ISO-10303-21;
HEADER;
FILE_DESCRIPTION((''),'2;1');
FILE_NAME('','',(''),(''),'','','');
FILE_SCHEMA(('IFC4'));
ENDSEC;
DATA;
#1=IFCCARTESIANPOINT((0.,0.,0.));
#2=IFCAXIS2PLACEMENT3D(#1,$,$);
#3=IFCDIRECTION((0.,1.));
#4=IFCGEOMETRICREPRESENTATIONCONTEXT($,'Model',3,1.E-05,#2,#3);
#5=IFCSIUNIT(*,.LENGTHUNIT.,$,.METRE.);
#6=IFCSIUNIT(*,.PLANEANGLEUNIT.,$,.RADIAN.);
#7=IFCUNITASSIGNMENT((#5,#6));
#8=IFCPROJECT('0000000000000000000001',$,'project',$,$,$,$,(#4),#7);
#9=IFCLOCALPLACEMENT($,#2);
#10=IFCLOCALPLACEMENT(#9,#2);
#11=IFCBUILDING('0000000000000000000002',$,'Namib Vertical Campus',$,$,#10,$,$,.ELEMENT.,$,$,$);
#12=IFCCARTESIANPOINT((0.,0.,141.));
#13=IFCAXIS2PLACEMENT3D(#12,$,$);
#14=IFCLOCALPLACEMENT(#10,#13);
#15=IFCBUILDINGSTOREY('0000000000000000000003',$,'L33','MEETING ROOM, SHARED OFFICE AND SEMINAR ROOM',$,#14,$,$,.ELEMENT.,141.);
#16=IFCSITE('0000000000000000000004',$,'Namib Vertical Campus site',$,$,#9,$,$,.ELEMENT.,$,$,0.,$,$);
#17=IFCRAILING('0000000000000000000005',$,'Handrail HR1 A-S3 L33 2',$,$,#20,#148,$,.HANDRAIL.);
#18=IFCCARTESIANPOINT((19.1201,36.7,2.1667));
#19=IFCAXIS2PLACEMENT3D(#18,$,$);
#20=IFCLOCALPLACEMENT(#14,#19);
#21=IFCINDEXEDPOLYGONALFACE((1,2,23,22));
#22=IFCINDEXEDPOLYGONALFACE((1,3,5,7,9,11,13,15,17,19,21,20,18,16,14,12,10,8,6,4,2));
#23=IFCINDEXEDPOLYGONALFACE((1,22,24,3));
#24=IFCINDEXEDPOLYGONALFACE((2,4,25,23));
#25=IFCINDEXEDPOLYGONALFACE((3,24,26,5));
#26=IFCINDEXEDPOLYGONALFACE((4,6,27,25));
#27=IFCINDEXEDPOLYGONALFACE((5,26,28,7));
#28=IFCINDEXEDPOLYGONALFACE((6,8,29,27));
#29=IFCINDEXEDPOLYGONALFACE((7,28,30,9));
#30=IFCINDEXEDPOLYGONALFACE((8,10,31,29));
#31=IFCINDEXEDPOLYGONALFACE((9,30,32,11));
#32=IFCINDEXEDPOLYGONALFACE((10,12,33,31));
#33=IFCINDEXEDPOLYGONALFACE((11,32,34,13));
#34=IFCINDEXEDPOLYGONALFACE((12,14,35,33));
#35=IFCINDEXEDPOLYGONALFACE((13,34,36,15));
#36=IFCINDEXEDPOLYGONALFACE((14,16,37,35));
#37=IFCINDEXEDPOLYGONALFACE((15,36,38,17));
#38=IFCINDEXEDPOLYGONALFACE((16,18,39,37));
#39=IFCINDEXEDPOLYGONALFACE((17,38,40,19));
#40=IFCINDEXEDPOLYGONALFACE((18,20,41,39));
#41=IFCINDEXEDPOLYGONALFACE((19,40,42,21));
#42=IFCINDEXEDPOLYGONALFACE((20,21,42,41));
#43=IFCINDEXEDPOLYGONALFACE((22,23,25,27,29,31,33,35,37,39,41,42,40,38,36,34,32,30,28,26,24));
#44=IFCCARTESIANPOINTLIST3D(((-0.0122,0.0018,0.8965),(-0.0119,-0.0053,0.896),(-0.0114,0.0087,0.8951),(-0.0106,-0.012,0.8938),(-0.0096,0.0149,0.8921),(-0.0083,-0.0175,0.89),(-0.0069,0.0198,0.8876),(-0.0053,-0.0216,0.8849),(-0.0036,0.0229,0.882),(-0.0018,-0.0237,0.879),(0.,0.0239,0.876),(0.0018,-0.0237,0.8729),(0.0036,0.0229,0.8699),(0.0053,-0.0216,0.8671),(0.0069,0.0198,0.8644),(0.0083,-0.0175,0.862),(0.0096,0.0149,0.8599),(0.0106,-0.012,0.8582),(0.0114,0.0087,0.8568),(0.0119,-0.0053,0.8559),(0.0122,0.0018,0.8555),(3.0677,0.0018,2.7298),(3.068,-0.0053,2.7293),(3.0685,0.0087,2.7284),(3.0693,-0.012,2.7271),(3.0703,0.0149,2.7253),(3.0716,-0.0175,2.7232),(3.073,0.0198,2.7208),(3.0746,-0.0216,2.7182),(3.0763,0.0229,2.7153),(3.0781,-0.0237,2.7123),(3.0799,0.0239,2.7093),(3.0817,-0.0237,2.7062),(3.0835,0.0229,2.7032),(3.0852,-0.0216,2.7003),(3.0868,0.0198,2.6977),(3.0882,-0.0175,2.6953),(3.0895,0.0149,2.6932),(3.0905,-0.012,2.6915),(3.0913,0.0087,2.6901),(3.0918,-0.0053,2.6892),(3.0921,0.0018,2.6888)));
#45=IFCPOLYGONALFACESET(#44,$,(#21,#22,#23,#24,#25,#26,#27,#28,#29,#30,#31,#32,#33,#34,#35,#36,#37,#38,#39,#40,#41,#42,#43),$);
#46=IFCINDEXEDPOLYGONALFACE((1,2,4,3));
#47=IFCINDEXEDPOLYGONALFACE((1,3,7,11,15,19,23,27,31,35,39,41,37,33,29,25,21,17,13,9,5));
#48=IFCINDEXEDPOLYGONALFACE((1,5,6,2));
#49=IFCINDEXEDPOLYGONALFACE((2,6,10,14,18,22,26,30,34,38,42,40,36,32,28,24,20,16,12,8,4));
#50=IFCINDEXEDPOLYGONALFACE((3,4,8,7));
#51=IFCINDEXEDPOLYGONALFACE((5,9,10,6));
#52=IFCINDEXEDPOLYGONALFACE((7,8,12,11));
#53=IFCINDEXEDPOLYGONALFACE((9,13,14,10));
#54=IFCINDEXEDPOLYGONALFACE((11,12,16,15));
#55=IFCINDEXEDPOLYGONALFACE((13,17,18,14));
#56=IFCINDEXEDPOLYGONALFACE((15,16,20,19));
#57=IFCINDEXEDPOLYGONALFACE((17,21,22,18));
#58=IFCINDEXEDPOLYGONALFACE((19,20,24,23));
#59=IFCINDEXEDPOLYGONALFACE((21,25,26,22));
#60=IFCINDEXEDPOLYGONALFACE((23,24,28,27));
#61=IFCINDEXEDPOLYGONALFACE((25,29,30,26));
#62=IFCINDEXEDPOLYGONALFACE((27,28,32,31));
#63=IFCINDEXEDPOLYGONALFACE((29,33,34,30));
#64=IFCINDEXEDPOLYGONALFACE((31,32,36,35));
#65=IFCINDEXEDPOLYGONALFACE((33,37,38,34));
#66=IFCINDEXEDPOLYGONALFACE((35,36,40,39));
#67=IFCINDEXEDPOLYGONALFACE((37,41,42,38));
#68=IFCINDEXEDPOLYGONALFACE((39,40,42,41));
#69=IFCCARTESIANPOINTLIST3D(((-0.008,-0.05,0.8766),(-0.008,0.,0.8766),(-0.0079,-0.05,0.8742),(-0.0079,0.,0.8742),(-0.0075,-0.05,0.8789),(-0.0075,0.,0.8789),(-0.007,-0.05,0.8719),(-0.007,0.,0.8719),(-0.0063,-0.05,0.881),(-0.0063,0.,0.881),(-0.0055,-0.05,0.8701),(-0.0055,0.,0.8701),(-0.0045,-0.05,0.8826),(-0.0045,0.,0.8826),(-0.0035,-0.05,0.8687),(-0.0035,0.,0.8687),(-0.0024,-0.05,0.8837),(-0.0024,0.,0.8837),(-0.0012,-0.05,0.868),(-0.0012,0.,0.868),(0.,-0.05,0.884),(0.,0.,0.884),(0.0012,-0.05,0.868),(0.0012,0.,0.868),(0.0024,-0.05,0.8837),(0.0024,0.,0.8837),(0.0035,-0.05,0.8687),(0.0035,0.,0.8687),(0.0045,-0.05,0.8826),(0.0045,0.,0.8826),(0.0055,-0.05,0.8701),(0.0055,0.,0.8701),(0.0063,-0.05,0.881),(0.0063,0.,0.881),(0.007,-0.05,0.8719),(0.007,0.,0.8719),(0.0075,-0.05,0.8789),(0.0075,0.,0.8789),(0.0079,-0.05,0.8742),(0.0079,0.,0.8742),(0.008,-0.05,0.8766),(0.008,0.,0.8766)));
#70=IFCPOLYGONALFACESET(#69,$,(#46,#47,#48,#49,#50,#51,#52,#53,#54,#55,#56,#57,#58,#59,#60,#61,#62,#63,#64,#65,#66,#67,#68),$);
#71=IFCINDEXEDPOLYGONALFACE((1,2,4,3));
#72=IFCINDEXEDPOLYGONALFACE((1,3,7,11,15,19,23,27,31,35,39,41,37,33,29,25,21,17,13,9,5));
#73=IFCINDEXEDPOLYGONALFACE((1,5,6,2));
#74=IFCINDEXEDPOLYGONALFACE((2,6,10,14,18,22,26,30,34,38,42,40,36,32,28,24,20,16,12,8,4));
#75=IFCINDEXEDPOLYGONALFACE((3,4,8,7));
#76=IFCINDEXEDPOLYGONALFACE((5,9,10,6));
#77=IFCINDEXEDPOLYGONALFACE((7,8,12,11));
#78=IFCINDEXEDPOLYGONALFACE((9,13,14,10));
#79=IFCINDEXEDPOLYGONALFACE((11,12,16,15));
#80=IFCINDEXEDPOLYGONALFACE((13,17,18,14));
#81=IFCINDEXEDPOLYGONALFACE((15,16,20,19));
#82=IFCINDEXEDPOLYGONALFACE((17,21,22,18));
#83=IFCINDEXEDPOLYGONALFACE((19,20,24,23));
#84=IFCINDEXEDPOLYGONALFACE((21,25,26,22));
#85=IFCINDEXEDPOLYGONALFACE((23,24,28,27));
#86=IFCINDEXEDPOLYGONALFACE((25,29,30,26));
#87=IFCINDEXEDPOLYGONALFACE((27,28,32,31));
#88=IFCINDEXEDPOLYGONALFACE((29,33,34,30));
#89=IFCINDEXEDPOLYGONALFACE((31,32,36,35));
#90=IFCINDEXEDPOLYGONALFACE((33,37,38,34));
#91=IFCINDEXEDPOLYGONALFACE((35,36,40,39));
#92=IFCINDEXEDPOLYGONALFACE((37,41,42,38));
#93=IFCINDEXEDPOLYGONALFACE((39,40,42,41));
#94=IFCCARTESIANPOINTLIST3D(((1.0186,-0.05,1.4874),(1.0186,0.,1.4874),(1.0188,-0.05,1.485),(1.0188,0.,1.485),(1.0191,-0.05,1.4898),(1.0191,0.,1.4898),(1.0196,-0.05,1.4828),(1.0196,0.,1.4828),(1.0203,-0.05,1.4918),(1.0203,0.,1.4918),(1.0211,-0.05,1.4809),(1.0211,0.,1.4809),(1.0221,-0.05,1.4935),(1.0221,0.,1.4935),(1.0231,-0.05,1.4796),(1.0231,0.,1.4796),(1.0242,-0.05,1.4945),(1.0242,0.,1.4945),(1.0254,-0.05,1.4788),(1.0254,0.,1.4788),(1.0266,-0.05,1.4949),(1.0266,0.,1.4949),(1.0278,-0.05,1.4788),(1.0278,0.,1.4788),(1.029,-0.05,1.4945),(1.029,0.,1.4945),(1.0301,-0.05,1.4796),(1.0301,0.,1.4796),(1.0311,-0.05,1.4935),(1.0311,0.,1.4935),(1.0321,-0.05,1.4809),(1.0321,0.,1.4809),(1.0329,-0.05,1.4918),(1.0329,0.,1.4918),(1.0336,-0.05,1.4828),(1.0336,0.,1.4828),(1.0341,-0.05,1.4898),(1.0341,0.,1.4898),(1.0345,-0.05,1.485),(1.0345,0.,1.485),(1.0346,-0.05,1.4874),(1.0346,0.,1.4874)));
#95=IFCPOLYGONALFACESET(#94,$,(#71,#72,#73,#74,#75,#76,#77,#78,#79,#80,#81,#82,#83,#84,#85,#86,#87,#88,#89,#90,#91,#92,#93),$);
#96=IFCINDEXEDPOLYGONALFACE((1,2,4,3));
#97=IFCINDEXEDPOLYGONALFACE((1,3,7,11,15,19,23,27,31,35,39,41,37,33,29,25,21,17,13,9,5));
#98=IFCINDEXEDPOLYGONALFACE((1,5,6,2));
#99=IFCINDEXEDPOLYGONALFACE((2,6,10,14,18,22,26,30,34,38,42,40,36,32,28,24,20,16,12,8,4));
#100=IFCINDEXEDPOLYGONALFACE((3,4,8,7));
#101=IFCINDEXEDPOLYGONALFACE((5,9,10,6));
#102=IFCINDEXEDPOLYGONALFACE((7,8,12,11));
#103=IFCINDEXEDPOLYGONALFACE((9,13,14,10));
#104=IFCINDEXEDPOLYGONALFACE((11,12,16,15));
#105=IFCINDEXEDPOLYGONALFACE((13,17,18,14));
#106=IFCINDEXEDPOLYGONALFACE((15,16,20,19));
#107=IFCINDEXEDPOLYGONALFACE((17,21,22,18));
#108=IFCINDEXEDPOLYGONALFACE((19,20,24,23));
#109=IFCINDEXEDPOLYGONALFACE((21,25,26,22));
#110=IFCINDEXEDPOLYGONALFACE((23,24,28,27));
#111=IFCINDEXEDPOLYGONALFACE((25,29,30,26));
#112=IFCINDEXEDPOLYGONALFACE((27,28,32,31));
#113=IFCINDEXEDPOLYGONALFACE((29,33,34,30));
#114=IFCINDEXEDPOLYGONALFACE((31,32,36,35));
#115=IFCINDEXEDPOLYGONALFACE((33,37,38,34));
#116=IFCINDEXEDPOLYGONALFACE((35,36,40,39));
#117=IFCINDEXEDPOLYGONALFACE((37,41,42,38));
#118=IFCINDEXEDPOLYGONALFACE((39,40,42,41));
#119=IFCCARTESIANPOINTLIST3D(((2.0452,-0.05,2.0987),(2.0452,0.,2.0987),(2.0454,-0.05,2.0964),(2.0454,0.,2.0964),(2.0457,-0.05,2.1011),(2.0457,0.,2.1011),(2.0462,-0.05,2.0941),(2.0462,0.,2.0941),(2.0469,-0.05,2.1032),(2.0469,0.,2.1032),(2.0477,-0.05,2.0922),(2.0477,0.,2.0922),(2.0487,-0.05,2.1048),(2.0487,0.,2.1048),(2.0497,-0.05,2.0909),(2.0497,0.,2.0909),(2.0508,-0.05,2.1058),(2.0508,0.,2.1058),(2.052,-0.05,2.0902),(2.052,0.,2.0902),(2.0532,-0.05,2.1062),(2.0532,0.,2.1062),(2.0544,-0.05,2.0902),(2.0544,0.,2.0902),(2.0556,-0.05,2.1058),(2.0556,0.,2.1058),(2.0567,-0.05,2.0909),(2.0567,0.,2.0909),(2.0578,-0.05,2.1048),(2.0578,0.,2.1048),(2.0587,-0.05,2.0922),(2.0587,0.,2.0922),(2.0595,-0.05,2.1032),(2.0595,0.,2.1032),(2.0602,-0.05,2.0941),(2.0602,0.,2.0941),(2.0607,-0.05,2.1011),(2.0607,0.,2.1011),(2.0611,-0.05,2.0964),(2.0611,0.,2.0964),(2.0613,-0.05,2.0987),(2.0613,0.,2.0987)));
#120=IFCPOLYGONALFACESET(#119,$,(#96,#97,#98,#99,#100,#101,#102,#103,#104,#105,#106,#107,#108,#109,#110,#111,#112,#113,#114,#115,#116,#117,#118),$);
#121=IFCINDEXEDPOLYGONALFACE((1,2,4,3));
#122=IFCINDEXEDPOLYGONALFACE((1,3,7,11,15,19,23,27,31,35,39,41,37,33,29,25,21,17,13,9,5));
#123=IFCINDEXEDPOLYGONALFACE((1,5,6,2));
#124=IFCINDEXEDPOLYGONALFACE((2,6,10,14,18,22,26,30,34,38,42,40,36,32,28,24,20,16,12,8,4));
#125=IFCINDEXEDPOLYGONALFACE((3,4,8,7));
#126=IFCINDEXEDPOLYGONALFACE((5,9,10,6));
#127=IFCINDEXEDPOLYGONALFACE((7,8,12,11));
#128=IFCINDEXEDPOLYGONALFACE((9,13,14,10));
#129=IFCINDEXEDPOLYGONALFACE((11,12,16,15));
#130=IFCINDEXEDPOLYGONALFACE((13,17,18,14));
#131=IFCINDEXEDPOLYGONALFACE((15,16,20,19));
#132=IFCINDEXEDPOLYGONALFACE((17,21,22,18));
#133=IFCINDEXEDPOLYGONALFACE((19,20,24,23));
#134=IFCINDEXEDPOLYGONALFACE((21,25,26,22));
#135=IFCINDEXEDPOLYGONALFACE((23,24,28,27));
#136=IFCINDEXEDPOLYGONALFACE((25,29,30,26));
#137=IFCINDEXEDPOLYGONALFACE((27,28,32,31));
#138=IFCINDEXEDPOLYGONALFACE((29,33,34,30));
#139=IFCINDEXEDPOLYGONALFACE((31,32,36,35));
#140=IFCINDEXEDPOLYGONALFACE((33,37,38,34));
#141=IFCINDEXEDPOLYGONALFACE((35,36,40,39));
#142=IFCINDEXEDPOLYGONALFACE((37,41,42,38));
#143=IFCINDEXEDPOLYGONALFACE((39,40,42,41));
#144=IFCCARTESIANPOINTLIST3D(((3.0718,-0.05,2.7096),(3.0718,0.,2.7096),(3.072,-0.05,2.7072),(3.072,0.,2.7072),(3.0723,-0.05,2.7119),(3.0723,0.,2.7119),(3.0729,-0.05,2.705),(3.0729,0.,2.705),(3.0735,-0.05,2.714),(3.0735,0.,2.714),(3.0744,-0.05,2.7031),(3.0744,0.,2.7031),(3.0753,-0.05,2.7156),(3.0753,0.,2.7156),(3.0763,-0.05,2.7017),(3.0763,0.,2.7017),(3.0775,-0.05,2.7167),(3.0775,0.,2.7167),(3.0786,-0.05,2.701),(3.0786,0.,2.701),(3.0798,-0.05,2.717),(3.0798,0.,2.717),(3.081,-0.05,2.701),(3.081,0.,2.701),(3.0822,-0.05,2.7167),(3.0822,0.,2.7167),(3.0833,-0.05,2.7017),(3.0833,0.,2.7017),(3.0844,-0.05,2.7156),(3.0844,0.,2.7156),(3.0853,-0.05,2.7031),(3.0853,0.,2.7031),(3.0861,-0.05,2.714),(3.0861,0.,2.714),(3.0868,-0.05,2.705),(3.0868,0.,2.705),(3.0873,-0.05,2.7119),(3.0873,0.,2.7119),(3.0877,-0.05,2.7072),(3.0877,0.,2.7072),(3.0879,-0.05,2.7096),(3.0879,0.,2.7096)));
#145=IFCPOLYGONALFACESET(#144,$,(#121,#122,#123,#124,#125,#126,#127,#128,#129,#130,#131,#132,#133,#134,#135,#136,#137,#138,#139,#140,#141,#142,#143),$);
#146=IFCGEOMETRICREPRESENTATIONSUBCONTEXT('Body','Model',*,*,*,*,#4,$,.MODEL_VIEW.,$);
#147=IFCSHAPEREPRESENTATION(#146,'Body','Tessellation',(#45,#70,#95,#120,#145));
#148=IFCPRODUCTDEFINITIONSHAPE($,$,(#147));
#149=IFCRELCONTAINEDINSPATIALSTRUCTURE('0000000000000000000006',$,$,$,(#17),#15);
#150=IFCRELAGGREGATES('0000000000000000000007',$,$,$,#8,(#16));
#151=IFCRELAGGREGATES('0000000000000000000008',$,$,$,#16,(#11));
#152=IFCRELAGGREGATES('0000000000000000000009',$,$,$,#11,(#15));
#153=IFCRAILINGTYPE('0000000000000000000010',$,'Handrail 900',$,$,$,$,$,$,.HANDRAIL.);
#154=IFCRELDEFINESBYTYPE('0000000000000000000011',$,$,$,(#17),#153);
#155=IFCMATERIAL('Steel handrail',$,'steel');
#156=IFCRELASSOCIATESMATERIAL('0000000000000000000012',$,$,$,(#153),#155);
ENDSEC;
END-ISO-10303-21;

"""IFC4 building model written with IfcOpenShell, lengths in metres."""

from ifc_helpers import new_model, si_unit, direction, frame, origin, origin_2d, place, context, subcontext, project, spatial, circle, extrude, material, type_object, element, save


model = new_model("IFC4")

# Units and contexts
model_context = context("Model", 3, precision=1e-05, world=origin(), true_north=direction((0.0, 1.0)))
body_context = subcontext(model_context, "Body", "Model", "MODEL_VIEW")
ifc_project = project(units=[si_unit("LENGTHUNIT", "METRE"), si_unit("PLANEANGLEUNIT", "RADIAN")], contexts=[model_context])

# Site, building, storey
site_placement = place(None, origin())
site = spatial("IfcSite", under=ifc_project, at=site_placement, Name="Namib Vertical Campus site", CompositionType="ELEMENT", RefElevation=0.0)
building_placement = place(site_placement, origin())
building = spatial("IfcBuilding", under=site, at=building_placement, Name="Namib Vertical Campus", CompositionType="ELEMENT")
storey_placement = place(building_placement, frame((0.0, 0.0, 141.0)))
storey = spatial("IfcBuildingStorey", under=building, at=storey_placement, Name="L33", Description="MEETING ROOM, SHARED OFFICE AND SEMINAR ROOM", CompositionType="ELEMENT", Elevation=141.0)

# Railing
ifc_material_1 = material(Name="Steel handrail", Category="steel")
railing_type_1 = type_object("IfcRailingType", Name="Handrail 900", PredefinedType="HANDRAIL", material=ifc_material_1)
railing_1_placement = place(storey_placement, frame((19.1201, 36.7, 2.1667)))
element("IfcRailing", 1, at=railing_1_placement, inside=storey, type_object=railing_type_1, Name="Handrail HR1 A-S3 L33 2", PredefinedType="HANDRAIL", context=body_context, shape_type="SweptSolid", body=[
    extrude(circle(Radius=0.0239, at=origin_2d()), frame((0.0, 0.0, 0.876), z_axis=(0.859291, 0.0, 0.511487), x_axis=(0.0, 1.0, 0.0)), (0.0, 0.0, 1.0), 3.5842),
    extrude(circle(Radius=0.0081, at=origin_2d()), frame((0.0, 0.0, 0.876), z_axis=(0.0, -1.0, 0.0), x_axis=(0.0, 0.0, 1.0)), (0.0, 0.0, 1.0), 0.05),
    extrude(circle(Radius=0.0081, at=origin_2d()), frame((1.0266, 0.0, 1.4868), z_axis=(0.0, -1.0, 0.0), x_axis=(0.0, 0.0, 1.0)), (0.0, 0.0, 1.0), 0.05),
    extrude(circle(Radius=0.0081, at=origin_2d()), frame((2.0532, 0.0, 2.0981), z_axis=(0.0, -1.0, 0.0), x_axis=(0.0, 0.0, 1.0)), (0.0, 0.0, 1.0), 0.05),
    extrude(circle(Radius=0.0081, at=origin_2d()), frame((3.0798, 0.0, 2.709), z_axis=(0.0, -1.0, 0.0), x_axis=(0.0, 0.0, 1.0)), (0.0, 0.0, 1.0), 0.05),
])

save(model, "model.ifc")
